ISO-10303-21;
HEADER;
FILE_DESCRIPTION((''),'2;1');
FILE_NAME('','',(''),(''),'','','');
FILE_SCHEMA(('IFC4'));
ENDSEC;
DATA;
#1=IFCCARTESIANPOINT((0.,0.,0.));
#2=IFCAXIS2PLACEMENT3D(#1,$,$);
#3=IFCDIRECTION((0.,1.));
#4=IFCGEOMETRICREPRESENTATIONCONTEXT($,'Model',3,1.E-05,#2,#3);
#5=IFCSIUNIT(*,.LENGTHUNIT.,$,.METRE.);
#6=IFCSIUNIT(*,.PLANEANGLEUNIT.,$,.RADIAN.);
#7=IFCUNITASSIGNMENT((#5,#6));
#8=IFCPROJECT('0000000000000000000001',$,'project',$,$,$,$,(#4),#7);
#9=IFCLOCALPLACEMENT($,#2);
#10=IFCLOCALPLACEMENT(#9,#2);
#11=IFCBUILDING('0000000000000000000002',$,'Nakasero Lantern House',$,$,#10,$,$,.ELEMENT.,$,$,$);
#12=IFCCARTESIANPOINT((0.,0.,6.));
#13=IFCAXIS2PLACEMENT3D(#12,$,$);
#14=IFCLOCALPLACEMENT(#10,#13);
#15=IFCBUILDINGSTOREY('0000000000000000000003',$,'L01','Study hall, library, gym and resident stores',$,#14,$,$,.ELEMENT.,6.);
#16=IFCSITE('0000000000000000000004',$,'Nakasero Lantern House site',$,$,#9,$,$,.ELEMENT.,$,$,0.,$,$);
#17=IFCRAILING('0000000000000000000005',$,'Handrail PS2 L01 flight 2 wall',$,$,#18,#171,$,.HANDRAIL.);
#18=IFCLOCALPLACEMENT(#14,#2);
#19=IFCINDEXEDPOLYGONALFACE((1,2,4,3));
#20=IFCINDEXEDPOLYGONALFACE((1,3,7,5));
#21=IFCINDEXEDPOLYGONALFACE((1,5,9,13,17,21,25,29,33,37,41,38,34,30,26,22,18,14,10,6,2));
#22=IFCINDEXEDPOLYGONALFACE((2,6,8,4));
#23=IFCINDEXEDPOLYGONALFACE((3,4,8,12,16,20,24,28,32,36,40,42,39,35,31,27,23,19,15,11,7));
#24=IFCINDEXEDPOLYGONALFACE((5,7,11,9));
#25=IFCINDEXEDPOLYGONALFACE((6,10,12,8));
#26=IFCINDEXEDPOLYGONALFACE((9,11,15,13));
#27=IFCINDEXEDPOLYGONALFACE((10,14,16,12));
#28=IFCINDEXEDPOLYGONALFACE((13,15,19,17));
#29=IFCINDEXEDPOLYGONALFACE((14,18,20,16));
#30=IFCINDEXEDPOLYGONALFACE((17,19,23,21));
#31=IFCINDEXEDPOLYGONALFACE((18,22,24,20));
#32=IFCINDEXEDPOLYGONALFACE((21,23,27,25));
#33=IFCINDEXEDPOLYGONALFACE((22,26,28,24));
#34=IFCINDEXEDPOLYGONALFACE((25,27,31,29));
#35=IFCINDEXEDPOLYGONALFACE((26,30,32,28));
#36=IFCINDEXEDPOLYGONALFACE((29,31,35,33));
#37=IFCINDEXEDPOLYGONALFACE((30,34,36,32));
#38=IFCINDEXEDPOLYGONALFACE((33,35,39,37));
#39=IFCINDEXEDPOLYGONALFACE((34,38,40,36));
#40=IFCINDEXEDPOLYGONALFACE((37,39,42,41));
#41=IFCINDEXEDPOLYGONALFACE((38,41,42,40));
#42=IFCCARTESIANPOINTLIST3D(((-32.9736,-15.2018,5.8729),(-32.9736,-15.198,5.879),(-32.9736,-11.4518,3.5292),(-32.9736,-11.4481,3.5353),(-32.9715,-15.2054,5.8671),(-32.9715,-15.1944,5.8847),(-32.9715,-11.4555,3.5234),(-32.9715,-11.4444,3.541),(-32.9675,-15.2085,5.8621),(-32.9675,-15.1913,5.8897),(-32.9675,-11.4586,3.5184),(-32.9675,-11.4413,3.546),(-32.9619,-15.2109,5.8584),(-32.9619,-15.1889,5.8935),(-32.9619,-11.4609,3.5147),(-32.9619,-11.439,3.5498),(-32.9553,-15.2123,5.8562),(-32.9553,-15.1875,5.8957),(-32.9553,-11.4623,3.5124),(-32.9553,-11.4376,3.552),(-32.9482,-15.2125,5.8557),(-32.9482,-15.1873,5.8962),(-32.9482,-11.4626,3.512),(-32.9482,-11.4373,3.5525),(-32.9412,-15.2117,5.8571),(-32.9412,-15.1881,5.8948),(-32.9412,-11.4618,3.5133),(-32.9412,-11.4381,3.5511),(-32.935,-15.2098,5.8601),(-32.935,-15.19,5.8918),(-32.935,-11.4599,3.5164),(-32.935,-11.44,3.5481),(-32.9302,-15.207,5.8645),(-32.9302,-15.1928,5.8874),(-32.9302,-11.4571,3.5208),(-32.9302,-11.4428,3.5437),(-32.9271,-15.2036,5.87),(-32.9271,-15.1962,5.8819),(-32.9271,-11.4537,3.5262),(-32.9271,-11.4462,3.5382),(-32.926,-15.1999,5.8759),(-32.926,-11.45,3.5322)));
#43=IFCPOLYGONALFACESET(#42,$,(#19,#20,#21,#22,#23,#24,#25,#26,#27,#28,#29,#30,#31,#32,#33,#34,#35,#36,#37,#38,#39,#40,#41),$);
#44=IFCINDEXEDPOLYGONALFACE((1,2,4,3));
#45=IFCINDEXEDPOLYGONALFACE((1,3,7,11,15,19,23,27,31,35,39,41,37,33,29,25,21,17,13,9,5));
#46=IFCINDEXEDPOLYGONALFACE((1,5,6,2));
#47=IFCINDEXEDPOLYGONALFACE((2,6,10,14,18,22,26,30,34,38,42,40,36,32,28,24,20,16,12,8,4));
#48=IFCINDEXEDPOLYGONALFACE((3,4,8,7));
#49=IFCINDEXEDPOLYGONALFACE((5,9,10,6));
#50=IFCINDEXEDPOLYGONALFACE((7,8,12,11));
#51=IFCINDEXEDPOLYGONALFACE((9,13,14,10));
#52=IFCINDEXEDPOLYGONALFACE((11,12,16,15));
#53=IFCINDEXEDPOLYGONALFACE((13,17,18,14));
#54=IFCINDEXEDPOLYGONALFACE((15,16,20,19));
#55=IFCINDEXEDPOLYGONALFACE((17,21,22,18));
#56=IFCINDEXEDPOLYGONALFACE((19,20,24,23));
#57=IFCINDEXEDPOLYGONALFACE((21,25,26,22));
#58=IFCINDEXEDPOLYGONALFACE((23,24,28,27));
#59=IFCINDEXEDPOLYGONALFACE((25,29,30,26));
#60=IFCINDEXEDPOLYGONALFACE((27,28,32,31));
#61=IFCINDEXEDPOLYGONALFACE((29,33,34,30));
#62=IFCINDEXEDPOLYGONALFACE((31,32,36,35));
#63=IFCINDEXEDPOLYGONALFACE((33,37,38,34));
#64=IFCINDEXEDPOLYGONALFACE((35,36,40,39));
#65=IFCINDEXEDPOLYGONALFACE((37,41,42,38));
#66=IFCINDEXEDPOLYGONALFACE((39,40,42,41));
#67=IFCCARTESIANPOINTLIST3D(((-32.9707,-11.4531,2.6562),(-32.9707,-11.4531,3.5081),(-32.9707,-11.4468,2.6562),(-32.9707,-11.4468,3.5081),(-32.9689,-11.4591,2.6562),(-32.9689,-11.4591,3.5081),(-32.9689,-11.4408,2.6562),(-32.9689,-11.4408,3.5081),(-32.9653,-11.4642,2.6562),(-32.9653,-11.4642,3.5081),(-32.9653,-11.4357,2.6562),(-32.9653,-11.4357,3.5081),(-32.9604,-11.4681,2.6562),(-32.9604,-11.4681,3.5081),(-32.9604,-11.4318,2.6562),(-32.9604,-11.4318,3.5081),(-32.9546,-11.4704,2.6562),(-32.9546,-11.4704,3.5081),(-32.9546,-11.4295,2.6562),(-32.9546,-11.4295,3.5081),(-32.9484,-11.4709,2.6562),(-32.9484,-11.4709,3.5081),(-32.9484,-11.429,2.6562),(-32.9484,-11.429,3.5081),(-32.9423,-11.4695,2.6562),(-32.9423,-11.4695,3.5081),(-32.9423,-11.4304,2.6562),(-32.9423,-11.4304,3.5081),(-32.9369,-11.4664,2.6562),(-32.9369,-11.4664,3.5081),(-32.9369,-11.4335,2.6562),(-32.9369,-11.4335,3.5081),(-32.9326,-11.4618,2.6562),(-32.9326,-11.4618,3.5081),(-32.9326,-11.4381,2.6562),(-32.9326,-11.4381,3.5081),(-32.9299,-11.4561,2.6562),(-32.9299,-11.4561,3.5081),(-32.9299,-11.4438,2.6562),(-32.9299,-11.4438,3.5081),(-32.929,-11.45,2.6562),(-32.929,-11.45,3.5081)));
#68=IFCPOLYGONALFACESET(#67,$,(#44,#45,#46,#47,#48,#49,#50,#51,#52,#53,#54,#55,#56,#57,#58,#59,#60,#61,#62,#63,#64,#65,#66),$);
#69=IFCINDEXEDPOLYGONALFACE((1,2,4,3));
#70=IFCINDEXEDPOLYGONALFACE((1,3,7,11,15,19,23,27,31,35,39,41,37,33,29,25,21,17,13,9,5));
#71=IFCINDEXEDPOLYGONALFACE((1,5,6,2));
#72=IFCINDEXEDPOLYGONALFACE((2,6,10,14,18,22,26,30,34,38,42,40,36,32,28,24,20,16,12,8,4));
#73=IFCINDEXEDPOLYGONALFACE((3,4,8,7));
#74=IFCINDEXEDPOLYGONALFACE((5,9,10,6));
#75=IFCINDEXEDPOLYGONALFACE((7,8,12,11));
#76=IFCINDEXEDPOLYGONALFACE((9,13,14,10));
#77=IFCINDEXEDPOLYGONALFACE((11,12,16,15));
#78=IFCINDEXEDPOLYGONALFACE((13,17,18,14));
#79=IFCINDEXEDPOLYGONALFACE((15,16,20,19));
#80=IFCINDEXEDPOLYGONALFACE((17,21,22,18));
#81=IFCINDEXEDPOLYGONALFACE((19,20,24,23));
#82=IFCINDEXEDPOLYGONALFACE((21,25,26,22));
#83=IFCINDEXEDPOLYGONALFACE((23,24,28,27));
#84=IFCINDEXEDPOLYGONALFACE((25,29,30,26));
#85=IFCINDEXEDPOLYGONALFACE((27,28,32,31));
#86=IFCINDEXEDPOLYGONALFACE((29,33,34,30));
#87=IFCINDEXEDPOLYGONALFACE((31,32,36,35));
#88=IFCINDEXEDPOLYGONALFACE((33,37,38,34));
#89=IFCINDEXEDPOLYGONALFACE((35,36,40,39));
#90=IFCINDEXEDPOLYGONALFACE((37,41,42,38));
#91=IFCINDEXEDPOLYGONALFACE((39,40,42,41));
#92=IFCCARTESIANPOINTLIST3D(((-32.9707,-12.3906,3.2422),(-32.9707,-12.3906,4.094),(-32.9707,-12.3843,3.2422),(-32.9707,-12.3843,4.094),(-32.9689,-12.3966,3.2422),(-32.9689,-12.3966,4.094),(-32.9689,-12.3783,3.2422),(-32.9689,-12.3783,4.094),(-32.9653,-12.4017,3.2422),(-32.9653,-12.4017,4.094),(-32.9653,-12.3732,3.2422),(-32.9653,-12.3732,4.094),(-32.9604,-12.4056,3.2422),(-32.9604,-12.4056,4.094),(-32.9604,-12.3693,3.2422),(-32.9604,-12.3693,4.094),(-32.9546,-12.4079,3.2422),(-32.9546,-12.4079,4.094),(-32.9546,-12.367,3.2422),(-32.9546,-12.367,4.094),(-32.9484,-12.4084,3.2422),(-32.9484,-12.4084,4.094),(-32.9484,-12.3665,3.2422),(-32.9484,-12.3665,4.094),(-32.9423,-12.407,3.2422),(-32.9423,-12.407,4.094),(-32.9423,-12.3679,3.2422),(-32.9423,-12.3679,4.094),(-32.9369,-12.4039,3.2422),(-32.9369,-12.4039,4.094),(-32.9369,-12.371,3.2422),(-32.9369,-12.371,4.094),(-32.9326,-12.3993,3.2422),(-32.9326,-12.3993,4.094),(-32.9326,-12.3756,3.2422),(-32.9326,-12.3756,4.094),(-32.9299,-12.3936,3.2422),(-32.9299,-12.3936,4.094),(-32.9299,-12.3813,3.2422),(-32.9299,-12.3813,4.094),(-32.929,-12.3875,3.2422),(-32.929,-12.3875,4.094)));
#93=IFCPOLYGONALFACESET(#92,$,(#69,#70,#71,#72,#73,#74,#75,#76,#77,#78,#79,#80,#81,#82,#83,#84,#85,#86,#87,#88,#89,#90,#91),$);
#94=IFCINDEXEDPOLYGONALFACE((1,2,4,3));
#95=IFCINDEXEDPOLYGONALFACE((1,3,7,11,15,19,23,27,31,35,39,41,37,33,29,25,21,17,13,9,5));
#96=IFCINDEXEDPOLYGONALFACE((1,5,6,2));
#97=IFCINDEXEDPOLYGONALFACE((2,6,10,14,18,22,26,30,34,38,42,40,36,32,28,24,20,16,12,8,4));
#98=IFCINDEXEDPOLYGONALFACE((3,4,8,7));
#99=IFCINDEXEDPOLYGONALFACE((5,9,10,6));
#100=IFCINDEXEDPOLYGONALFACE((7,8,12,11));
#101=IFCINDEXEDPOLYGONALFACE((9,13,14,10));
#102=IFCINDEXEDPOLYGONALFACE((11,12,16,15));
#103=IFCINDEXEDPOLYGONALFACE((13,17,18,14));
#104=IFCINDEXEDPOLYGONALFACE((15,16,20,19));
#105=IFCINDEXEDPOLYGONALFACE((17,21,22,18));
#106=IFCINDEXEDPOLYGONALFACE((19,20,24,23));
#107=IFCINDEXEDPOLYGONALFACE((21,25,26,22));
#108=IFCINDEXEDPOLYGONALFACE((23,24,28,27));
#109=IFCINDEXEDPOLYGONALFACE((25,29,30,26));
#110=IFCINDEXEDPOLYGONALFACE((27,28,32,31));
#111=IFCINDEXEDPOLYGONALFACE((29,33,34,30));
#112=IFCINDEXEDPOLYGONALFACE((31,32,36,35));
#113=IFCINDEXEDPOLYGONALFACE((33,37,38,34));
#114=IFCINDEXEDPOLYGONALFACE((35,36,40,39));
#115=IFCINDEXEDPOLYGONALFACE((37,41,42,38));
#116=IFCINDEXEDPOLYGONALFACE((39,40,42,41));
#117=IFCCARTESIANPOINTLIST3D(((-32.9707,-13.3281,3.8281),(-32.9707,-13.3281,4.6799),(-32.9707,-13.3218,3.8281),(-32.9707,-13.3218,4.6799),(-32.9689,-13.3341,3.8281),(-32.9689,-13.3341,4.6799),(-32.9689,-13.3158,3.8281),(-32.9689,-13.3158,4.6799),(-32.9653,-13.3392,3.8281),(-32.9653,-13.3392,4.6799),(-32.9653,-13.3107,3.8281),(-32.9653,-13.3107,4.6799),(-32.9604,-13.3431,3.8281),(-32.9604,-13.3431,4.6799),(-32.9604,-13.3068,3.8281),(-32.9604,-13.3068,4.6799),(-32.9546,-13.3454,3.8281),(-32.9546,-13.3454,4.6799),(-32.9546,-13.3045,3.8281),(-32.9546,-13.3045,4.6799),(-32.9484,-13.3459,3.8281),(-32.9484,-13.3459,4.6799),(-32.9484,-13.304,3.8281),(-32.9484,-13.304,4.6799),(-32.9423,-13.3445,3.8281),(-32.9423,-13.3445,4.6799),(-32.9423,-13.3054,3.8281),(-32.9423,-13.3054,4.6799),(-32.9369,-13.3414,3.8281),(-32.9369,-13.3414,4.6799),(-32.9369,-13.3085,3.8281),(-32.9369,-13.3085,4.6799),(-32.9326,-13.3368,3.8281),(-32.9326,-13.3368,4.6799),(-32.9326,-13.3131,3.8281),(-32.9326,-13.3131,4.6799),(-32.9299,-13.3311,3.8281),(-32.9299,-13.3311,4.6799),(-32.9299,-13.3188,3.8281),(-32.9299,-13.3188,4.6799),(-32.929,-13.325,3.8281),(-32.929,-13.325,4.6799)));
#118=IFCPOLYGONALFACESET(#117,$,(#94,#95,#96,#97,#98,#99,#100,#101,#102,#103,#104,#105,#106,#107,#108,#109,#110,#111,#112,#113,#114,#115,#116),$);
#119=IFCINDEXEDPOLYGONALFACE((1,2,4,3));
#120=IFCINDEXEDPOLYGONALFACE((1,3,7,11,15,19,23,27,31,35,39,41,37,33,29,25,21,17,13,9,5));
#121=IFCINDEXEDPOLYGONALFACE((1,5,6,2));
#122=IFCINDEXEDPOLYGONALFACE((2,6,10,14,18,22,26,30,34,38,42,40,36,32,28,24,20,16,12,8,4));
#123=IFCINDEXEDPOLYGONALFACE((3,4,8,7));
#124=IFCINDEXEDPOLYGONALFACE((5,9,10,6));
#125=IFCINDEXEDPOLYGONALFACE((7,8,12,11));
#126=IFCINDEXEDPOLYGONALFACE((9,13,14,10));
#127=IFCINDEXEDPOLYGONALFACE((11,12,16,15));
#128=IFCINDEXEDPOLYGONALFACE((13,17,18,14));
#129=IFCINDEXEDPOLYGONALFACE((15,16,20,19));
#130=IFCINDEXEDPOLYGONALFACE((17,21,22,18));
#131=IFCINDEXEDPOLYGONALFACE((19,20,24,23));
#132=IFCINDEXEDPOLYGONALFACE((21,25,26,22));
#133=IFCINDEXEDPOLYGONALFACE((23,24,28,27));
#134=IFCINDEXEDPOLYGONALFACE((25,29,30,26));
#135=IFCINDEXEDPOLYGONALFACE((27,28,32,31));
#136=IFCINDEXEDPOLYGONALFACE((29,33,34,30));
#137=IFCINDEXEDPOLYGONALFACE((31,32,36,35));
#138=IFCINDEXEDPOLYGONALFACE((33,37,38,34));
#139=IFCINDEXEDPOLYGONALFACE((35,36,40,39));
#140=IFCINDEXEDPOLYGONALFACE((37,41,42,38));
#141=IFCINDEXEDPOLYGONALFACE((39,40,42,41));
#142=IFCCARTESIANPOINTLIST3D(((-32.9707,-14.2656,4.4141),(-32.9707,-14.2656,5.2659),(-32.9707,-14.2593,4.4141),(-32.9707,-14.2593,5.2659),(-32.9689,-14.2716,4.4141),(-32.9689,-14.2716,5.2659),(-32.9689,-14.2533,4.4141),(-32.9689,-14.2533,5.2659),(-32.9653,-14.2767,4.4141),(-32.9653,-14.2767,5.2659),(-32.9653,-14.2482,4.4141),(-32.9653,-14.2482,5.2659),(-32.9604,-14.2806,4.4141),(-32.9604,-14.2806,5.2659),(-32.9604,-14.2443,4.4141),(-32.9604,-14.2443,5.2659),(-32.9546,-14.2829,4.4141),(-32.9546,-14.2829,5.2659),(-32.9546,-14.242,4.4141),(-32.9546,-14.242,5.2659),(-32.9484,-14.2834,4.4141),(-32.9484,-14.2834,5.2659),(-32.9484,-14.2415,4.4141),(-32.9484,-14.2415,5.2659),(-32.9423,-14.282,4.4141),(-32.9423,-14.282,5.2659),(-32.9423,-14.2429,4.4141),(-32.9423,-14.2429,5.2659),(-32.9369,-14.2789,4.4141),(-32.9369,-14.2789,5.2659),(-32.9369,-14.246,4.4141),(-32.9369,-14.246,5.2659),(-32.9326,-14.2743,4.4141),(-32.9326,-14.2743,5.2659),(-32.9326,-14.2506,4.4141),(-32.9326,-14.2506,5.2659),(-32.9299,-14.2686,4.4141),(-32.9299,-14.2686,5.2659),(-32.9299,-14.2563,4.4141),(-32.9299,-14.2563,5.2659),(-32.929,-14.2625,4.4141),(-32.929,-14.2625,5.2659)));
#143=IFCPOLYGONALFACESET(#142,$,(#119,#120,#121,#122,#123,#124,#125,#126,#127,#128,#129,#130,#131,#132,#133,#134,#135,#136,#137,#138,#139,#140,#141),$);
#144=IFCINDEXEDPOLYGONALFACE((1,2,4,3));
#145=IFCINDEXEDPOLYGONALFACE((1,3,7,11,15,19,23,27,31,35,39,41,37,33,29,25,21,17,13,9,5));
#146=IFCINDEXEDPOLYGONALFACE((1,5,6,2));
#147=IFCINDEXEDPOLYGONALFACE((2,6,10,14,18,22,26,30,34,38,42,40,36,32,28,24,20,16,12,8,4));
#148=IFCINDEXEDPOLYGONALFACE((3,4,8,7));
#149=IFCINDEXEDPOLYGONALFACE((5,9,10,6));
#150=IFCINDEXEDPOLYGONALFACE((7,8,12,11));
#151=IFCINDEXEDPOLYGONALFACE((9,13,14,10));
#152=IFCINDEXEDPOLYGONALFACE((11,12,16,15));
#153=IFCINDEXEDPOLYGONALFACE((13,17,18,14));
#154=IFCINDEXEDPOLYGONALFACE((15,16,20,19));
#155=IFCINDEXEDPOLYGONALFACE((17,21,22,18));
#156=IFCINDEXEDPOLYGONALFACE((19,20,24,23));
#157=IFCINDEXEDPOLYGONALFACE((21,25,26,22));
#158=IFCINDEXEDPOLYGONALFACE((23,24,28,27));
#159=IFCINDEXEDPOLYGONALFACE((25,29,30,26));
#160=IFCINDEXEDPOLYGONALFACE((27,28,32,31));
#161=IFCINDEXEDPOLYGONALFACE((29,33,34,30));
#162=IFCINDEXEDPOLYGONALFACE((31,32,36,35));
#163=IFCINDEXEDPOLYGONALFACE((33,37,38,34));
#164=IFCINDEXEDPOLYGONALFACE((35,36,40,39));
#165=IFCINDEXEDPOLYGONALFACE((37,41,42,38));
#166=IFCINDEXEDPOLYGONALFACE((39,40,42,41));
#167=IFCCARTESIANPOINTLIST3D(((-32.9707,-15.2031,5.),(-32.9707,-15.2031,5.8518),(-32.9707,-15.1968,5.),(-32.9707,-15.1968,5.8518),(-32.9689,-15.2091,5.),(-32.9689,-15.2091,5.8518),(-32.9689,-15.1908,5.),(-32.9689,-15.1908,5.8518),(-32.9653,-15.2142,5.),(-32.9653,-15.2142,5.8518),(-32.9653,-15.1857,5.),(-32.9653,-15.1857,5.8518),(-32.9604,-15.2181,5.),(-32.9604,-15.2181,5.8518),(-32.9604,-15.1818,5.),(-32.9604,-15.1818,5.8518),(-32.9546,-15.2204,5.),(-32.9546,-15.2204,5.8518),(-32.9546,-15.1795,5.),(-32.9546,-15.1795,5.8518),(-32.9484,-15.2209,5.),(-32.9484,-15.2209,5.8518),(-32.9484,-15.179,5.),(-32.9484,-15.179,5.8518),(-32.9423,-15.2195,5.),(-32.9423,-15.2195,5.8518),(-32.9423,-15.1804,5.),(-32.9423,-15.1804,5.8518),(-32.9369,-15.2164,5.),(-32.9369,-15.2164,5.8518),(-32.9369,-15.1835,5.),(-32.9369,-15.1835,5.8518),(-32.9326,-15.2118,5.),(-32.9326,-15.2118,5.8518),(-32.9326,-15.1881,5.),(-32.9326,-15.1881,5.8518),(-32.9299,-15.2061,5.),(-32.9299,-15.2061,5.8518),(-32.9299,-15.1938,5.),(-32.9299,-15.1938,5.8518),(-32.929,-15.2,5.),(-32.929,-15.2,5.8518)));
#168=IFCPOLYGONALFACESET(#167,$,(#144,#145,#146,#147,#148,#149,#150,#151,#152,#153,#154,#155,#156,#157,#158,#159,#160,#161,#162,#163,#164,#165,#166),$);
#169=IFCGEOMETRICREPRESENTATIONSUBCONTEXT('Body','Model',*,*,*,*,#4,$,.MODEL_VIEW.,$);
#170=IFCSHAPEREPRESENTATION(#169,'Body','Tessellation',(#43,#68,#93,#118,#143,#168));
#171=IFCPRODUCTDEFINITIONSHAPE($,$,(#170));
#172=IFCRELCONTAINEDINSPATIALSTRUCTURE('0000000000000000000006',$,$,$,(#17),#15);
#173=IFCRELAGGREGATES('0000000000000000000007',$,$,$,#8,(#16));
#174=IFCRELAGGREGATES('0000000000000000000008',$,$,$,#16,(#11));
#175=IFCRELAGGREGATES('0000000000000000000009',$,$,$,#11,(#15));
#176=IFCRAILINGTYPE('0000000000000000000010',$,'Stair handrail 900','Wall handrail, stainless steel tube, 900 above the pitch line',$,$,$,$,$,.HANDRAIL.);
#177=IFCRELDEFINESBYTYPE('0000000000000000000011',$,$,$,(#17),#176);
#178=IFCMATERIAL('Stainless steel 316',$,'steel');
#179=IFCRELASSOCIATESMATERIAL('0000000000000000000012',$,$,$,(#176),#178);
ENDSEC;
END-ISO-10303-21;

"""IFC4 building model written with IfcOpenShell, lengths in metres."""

from ifc_helpers import new_model, si_unit, direction, frame, origin, origin_2d, place, context, subcontext, project, spatial, circle, extrude, material, type_object, element, save


model = new_model("IFC4")

# Units and contexts
model_context = context("Model", 3, precision=1e-05, world=origin(), true_north=direction((0.0, 1.0)))
body_context = subcontext(model_context, "Body", "Model", "MODEL_VIEW")
ifc_project = project(units=[si_unit("LENGTHUNIT", "METRE"), si_unit("PLANEANGLEUNIT", "RADIAN")], contexts=[model_context])

# Site, building, storey
site_placement = place(None, origin())
site = spatial("IfcSite", under=ifc_project, at=site_placement, Name="Nakasero Lantern House site", CompositionType="ELEMENT", RefElevation=0.0)
building_placement = place(site_placement, origin())
building = spatial("IfcBuilding", under=site, at=building_placement, Name="Nakasero Lantern House", CompositionType="ELEMENT")
storey_placement = place(building_placement, frame((0.0, 0.0, 6.0)))
storey = spatial("IfcBuildingStorey", under=building, at=storey_placement, Name="L01", Description="Study hall, library, gym and resident stores", CompositionType="ELEMENT", Elevation=6.0)

# Railing
ifc_material_1 = material(Name="Stainless steel 316", Category="steel")
railing_type = type_object("IfcRailingType", Name="Stair handrail 900", Description="Wall handrail, stainless steel tube, 900 above the pitch line", PredefinedType="HANDRAIL", material=ifc_material_1)
for number, where, name in (
    (1, (-32.95, -11.45, 2.6562), "Handrail PS2 L01 flight 2 wall"),
):
    element("IfcRailing", number, at=place(storey_placement, frame(where)), inside=storey, type_object=railing_type, Name=name, PredefinedType="HANDRAIL", context=body_context, shape_type="SweptSolid", body=[
        extrude(circle(Radius=0.0239, at=origin_2d()), frame((0.0, 0.0, 0.876), z_axis=(0.0, -0.847998, 0.529999), x_axis=(1.0, 0.0, 0.0)), (0.0, 0.0, 1.0), 4.4221),
        extrude(circle(Radius=0.021, at=origin_2d()), origin(), (0.0, 0.0, 1.0), 0.8518),
        extrude(circle(Radius=0.021, at=origin_2d()), frame((0.0, -0.9375, 0.5859)), (0.0, 0.0, 1.0), 0.8518),
        extrude(circle(Radius=0.021, at=origin_2d()), frame((0.0, -1.875, 1.1719)), (0.0, 0.0, 1.0), 0.8518),
        extrude(circle(Radius=0.021, at=origin_2d()), frame((0.0, -2.8125, 1.7578)), (0.0, 0.0, 1.0), 0.8518),
        extrude(circle(Radius=0.021, at=origin_2d()), frame((0.0, -3.75, 2.3438)), (0.0, 0.0, 1.0), 0.8518),
    ])

save(model, "model.ifc")
